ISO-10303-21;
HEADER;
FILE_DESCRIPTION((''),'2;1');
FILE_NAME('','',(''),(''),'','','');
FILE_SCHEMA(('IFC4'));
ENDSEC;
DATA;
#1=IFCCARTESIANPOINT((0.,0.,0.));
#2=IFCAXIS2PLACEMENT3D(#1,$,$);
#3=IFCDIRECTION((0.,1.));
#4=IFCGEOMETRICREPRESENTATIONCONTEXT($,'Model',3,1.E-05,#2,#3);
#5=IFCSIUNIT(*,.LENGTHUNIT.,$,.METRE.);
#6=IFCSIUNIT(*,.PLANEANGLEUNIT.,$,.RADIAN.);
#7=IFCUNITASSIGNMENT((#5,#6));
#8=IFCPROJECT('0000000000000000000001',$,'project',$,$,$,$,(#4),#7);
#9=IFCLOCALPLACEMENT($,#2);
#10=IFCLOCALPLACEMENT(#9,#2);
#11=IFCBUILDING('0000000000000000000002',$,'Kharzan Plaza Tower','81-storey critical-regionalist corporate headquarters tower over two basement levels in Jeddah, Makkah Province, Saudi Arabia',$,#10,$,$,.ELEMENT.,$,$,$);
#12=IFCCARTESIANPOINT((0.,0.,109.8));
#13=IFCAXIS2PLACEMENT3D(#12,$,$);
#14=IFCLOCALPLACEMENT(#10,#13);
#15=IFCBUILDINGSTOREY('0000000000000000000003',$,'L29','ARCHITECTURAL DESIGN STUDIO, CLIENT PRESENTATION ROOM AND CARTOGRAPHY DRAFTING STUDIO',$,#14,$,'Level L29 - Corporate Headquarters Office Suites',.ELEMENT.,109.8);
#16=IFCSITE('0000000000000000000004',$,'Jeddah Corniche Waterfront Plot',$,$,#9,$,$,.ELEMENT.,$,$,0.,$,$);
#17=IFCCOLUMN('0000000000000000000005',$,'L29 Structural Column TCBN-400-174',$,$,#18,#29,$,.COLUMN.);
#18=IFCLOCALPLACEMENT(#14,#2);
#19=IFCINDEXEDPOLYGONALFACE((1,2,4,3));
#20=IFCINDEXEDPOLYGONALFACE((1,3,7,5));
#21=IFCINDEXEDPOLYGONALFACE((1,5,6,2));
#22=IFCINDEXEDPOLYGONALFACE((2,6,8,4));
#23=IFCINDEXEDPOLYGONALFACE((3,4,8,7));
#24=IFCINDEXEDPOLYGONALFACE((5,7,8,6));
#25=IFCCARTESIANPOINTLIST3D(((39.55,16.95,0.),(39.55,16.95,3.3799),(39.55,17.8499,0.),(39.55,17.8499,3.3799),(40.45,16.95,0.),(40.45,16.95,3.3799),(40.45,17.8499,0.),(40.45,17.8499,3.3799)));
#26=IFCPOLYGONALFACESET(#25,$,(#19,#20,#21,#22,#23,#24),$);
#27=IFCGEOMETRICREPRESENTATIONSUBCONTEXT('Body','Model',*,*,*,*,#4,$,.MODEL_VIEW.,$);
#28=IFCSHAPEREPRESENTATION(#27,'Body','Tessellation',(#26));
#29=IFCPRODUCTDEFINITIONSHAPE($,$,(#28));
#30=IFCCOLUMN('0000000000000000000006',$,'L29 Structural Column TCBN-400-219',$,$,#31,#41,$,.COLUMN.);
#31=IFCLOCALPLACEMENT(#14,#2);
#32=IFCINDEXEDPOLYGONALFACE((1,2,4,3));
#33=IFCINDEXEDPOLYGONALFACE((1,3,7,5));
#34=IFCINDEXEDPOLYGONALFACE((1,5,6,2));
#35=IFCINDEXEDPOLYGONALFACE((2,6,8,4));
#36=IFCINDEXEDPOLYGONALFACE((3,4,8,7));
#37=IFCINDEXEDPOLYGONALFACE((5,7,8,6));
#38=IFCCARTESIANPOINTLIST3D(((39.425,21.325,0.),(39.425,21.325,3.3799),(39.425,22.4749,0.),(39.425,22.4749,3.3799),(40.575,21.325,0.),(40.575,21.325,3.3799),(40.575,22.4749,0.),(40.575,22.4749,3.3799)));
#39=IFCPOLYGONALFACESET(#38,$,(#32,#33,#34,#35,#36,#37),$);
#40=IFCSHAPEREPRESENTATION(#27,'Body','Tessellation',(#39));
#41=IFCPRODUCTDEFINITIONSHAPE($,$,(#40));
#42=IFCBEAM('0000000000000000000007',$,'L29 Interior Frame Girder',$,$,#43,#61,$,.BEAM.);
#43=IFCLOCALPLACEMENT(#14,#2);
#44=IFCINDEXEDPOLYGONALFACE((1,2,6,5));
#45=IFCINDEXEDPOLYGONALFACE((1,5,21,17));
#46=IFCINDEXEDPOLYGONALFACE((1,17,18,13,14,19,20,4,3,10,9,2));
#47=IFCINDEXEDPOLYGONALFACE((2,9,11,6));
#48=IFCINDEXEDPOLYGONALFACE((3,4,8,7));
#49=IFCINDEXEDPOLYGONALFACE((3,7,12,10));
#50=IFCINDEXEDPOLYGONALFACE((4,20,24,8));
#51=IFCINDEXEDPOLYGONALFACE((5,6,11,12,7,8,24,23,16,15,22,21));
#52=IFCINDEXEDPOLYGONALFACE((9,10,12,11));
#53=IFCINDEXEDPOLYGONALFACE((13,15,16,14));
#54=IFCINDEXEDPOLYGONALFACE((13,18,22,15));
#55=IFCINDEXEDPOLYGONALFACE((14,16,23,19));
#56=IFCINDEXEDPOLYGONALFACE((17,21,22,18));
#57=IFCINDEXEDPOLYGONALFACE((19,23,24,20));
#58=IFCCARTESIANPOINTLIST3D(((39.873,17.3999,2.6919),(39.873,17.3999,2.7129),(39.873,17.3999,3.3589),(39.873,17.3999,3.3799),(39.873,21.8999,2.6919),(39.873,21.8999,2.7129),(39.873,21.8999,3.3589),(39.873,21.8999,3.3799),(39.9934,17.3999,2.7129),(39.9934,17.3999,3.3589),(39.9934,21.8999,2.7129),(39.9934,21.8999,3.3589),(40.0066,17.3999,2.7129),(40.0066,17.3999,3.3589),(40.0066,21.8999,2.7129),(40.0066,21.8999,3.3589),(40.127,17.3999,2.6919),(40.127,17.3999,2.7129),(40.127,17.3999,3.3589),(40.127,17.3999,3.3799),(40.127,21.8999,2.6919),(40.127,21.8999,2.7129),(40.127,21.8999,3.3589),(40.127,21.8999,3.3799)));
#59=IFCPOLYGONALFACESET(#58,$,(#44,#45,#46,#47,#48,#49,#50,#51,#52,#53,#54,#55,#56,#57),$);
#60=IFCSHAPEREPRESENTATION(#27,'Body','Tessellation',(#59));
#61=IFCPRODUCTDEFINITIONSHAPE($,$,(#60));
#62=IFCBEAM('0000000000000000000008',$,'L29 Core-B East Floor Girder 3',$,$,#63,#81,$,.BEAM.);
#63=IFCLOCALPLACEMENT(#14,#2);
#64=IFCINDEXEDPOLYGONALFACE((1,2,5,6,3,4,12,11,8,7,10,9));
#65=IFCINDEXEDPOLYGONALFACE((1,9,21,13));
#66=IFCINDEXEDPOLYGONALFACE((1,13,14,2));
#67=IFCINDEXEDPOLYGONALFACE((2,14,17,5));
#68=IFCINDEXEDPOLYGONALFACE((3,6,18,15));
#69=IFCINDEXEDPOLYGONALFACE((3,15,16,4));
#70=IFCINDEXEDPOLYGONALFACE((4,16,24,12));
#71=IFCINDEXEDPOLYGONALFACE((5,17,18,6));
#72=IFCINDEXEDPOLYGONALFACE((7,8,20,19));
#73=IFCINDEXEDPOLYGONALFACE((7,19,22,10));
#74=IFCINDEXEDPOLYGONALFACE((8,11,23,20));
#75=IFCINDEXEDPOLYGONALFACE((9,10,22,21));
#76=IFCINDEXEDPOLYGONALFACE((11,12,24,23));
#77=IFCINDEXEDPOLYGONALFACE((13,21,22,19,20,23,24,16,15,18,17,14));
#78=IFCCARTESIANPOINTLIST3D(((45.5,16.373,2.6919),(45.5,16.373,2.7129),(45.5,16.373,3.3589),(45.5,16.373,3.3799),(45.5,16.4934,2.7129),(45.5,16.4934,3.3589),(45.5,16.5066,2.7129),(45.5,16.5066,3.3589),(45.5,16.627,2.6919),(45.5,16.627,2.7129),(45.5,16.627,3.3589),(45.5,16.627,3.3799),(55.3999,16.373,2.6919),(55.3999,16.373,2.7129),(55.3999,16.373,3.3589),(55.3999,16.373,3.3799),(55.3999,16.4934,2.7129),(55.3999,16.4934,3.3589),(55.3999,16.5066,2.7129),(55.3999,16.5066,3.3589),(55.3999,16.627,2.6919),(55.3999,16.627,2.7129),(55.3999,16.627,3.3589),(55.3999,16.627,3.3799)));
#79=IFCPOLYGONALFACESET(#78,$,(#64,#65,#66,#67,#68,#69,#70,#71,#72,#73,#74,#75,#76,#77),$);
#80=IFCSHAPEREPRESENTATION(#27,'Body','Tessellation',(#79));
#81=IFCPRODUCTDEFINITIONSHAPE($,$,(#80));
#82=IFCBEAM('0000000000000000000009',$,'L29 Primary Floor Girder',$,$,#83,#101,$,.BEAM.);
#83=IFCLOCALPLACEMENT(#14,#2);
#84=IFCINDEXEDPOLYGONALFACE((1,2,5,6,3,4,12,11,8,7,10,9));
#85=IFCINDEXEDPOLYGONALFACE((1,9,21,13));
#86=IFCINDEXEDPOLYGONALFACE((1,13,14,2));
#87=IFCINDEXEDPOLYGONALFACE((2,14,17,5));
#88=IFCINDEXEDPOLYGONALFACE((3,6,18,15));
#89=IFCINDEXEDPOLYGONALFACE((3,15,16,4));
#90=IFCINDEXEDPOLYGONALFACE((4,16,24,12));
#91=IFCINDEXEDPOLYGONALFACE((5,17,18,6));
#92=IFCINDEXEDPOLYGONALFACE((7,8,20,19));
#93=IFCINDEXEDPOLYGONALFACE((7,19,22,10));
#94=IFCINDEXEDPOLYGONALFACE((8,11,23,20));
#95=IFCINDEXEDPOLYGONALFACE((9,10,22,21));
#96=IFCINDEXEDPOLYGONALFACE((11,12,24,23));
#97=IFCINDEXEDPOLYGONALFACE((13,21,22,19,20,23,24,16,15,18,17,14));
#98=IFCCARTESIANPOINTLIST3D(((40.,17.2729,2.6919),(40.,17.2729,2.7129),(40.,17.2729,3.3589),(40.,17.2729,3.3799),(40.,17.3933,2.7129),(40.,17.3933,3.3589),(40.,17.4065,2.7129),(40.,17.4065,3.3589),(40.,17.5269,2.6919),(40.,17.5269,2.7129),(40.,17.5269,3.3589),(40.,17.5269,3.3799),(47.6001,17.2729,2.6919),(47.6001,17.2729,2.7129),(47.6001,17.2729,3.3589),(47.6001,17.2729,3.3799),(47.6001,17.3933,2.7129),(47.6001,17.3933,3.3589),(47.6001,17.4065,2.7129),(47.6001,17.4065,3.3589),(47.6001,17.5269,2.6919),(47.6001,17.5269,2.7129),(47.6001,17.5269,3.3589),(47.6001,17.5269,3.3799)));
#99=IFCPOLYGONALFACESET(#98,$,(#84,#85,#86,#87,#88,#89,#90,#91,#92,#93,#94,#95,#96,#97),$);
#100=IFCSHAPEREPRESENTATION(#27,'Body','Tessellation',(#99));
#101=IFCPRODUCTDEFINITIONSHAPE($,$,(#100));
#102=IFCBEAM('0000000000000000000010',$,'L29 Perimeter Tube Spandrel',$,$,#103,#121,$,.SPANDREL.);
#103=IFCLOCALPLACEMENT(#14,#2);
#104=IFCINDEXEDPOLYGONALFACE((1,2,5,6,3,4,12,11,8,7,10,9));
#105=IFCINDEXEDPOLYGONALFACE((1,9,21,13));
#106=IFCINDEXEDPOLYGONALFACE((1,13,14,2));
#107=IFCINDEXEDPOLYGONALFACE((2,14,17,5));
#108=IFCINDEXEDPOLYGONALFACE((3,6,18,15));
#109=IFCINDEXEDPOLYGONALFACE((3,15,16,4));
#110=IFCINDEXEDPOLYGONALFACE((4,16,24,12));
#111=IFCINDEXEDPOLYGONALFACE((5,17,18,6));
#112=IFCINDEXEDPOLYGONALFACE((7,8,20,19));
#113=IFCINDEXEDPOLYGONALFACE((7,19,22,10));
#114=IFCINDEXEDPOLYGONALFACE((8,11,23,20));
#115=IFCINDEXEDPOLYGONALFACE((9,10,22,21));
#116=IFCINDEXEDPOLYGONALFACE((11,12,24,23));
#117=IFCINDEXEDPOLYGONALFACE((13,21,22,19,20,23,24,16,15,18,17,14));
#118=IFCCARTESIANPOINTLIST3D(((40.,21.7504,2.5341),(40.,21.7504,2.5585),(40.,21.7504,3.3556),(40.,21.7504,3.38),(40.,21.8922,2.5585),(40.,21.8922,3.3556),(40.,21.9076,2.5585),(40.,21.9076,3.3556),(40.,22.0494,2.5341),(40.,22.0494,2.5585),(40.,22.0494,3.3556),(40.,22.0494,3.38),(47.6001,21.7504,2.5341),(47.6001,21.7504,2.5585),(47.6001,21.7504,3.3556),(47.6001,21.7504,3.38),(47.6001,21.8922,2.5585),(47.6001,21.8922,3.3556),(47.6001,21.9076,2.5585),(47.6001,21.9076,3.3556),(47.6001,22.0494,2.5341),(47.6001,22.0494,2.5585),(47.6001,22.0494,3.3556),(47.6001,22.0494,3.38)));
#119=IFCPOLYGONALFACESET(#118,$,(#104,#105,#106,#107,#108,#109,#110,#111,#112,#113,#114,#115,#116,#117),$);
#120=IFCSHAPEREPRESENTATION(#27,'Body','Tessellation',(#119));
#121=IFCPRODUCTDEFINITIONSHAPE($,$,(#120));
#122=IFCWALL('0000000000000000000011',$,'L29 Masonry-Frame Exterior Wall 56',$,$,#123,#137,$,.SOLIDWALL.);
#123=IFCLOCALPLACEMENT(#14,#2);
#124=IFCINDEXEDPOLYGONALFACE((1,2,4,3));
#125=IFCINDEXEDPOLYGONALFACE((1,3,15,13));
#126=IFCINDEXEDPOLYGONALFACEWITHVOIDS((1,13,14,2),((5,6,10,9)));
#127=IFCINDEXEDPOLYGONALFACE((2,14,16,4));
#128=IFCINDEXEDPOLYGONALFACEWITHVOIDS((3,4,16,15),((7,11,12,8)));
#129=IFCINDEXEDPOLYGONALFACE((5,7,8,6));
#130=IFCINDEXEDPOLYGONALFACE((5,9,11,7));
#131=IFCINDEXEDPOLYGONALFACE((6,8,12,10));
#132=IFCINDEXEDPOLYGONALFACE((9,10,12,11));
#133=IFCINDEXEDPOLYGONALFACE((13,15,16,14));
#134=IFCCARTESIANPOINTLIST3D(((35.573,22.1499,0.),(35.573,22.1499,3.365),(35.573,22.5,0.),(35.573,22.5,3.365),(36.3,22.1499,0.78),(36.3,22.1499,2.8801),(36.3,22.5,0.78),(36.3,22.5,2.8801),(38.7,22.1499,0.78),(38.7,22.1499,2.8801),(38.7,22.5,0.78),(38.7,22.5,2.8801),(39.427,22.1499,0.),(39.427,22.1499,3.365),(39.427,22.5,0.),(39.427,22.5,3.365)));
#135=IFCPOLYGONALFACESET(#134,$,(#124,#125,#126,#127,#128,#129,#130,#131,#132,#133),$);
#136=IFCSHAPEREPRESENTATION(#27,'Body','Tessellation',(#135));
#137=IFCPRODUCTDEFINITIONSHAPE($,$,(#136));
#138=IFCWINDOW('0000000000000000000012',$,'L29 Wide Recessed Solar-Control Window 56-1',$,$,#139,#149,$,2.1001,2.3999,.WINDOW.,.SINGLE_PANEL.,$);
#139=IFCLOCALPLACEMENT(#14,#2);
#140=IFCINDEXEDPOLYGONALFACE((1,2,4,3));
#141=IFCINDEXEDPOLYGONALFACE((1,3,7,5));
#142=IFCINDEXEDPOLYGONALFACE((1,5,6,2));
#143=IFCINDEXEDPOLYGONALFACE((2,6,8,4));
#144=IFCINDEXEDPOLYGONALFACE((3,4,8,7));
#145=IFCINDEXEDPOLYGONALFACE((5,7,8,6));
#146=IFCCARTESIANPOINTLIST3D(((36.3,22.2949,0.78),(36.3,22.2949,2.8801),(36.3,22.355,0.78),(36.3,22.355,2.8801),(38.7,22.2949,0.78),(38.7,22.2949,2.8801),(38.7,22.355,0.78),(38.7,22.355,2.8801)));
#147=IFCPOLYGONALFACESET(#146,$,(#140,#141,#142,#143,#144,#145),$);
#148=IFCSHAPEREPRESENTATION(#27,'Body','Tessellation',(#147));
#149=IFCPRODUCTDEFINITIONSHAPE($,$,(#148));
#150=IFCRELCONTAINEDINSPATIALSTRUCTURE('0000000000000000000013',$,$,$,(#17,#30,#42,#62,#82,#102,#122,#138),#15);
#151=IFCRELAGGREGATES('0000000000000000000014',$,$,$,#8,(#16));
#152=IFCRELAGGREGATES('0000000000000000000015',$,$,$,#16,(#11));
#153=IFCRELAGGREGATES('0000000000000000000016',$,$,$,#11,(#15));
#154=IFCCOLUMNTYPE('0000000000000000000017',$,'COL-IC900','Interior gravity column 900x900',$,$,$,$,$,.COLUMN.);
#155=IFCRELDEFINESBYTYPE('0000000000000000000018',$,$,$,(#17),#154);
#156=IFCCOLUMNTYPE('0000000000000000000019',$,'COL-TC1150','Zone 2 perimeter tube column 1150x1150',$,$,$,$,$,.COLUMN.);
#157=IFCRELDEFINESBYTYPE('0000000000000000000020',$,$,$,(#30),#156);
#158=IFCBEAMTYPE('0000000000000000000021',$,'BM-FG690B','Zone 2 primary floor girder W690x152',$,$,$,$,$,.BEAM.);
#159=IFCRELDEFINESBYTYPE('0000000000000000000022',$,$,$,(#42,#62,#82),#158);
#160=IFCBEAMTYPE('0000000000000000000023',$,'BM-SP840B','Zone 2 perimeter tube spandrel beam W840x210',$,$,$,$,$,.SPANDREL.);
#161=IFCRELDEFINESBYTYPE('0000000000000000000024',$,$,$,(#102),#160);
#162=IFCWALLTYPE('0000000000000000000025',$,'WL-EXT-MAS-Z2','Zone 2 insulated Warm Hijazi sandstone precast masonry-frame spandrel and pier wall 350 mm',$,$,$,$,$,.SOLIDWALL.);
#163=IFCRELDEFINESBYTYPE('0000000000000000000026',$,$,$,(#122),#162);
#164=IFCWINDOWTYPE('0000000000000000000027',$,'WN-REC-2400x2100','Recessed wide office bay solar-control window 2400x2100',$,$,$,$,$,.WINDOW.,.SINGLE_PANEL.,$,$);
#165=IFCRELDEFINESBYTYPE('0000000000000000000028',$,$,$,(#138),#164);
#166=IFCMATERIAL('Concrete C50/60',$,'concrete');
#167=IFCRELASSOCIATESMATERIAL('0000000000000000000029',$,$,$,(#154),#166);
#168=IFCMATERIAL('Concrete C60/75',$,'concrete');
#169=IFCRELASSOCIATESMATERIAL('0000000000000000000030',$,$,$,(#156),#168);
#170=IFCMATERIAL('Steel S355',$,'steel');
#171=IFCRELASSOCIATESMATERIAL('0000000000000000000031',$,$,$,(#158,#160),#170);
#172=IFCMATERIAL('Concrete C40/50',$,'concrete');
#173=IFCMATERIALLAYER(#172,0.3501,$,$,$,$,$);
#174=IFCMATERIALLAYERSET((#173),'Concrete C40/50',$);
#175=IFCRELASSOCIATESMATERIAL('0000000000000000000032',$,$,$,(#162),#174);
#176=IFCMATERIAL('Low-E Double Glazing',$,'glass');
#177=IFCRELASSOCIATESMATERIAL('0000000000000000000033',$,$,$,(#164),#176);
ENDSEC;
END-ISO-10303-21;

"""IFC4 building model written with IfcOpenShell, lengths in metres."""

from ifc_helpers import new_model, si_unit, direction, frame, frame_2d, origin, origin_2d, place, context, subcontext, project, spatial, rectangle, i_section, extrude, source, transform, mapped, material, layer, layer_set, material_profile, profile_set, type_object, element, fill, save


model = new_model("IFC4")

# Units and contexts
model_context = context("Model", 3, precision=1e-05, world=origin(), true_north=direction((0.0, 1.0)))
body_context = subcontext(model_context, "Body", "Model", "MODEL_VIEW")
ifc_project = project(units=[si_unit("LENGTHUNIT", "METRE"), si_unit("PLANEANGLEUNIT", "RADIAN")], contexts=[model_context])

# Site, building, storey
site_placement = place(None, origin())
site = spatial("IfcSite", under=ifc_project, at=site_placement, Name="Jeddah Corniche Waterfront Plot", CompositionType="ELEMENT", RefElevation=0.0)
building_placement = place(site_placement, origin())
building = spatial("IfcBuilding", under=site, at=building_placement, Name="Kharzan Plaza Tower", Description="81-storey critical-regionalist corporate headquarters tower over two basement levels in Jeddah, Makkah Province, Saudi Arabia", CompositionType="ELEMENT")
storey_placement = place(building_placement, frame((0.0, 0.0, 109.8)))
storey = spatial("IfcBuildingStorey", under=building, at=storey_placement, Name="L29", Description="ARCHITECTURAL DESIGN STUDIO, CLIENT PRESENTATION ROOM AND CARTOGRAPHY DRAFTING STUDIO", LongName="Level L29 - Corporate Headquarters Office Suites", CompositionType="ELEMENT", Elevation=109.8)

# Columns
ifc_material_1 = material(Name="Concrete C50/60", Category="concrete")
ifc_material_profile_1 = material_profile(ifc_material_1, rectangle(XDim=0.8999, YDim=0.8999, at=origin_2d()), Name="RC-IC900x900")
ifc_profile_set_1 = profile_set([ifc_material_profile_1], Name="Concrete C50/60")
column_type_1 = type_object("IfcColumnType", Name="COL-IC900", Description="Interior gravity column 900x900", PredefinedType="COLUMN", material=ifc_profile_set_1)
shared_shape_1 = source(origin(), body_context, "Body", "SweptSolid", [
    extrude(rectangle(XDim=0.8999, YDim=0.8999, at=origin_2d()), origin(), (0.0, 0.0, 1.0), 3.3799),
])
column_1_placement = place(storey_placement, frame((40.0, 17.3999, 0.0), z_axis=(0.0, 0.0, 1.0), x_axis=(1.0, 0.0, 0.0)))
element("IfcColumn", 1, at=column_1_placement, inside=storey, type_object=column_type_1, Name="L29 Structural Column TCBN-400-174", PredefinedType="COLUMN", context=body_context, shape_type="MappedRepresentation", body=[
    mapped(shared_shape_1, transform((0.0, 0.0, 0.0), x_axis=(1.0, 0.0, 0.0), y_axis=(0.0, 1.0, 0.0), z_axis=(0.0, 0.0, 1.0))),
])
ifc_material_2 = material(Name="Concrete C60/75", Category="concrete")
ifc_material_profile_2 = material_profile(ifc_material_2, rectangle(XDim=1.1499, YDim=1.1499, at=origin_2d()), Name="RC-TC1150x1150")
ifc_profile_set_2 = profile_set([ifc_material_profile_2], Name="Concrete C60/75")
column_type_2 = type_object("IfcColumnType", Name="COL-TC1150", Description="Zone 2 perimeter tube column 1150x1150", PredefinedType="COLUMN", material=ifc_profile_set_2)
shared_shape_2 = source(origin(), body_context, "Body", "SweptSolid", [
    extrude(rectangle(XDim=1.1499, YDim=1.1499, at=origin_2d()), origin(), (0.0, 0.0, 1.0), 3.3799),
])
column_2_placement = place(storey_placement, frame((40.0, 21.8999, 0.0), z_axis=(0.0, 0.0, 1.0), x_axis=(1.0, 0.0, 0.0)))
element("IfcColumn", 2, at=column_2_placement, inside=storey, type_object=column_type_2, Name="L29 Structural Column TCBN-400-219", PredefinedType="COLUMN", context=body_context, shape_type="MappedRepresentation", body=[
    mapped(shared_shape_2, transform((0.0, 0.0, 0.0), x_axis=(1.0, 0.0, 0.0), y_axis=(0.0, 1.0, 0.0), z_axis=(0.0, 0.0, 1.0))),
])

# Beams
ifc_material_3 = material(Name="Steel S355", Category="steel")
ifc_material_profile_3 = material_profile(ifc_material_3, i_section(OverallWidth=0.2539, OverallDepth=0.688, WebThickness=0.0132, FlangeThickness=0.021, at=origin_2d()), Name="W690x152")
ifc_profile_set_3 = profile_set([ifc_material_profile_3], Name="Steel S355")
beam_type_1 = type_object("IfcBeamType", Name="BM-FG690B", Description="Zone 2 primary floor girder W690x152", PredefinedType="BEAM", material=ifc_profile_set_3)
shared_shape_3 = source(origin(), body_context, "Body", "SweptSolid", [
    extrude(i_section(OverallWidth=0.2539, OverallDepth=0.688, WebThickness=0.0132, FlangeThickness=0.021, at=origin_2d()), origin(), (0.0, 0.0, 1.0), 4.5),
])
beam_1_placement = place(storey_placement, frame((40.0, 17.3999, 3.0359), z_axis=(0.0, 1.0, 0.0), x_axis=(-1.0, 0.0, 0.0)))
element("IfcBeam", 3, at=beam_1_placement, inside=storey, type_object=beam_type_1, Name="L29 Interior Frame Girder", PredefinedType="BEAM", context=body_context, shape_type="MappedRepresentation", body=[
    mapped(shared_shape_3, transform((0.0, 0.0, 0.0), x_axis=(1.0, 0.0, 0.0), y_axis=(0.0, 1.0, 0.0), z_axis=(0.0, 0.0, 1.0))),
])
shared_shape_4 = source(origin(), body_context, "Body", "SweptSolid", [
    extrude(i_section(OverallWidth=0.2539, OverallDepth=0.688, WebThickness=0.0132, FlangeThickness=0.021, at=origin_2d()), origin(), (0.0, 0.0, 1.0), 9.8999),
])
beam_2_placement = place(storey_placement, frame((45.5, 16.5, 3.0359), z_axis=(1.0, 0.0, 0.0), x_axis=(0.0, 1.0, 0.0)))
element("IfcBeam", 4, at=beam_2_placement, inside=storey, type_object=beam_type_1, Name="L29 Core-B East Floor Girder 3", PredefinedType="BEAM", context=body_context, shape_type="MappedRepresentation", body=[
    mapped(shared_shape_4, transform((0.0, 0.0, 0.0), x_axis=(1.0, 0.0, 0.0), y_axis=(0.0, 1.0, 0.0), z_axis=(0.0, 0.0, 1.0))),
])
shared_shape_5 = source(origin(), body_context, "Body", "SweptSolid", [
    extrude(i_section(OverallWidth=0.2539, OverallDepth=0.688, WebThickness=0.0132, FlangeThickness=0.021, at=origin_2d()), origin(), (0.0, 0.0, 1.0), 7.6001),
])
beam_3_placement = place(storey_placement, frame((40.0, 17.3999, 3.0359), z_axis=(1.0, 0.0, 0.0), x_axis=(0.0, 1.0, 0.0)))
element("IfcBeam", 5, at=beam_3_placement, inside=storey, type_object=beam_type_1, Name="L29 Primary Floor Girder", PredefinedType="BEAM", context=body_context, shape_type="MappedRepresentation", body=[
    mapped(shared_shape_5, transform((0.0, 0.0, 0.0), x_axis=(1.0, 0.0, 0.0), y_axis=(0.0, 1.0, 0.0), z_axis=(0.0, 0.0, 1.0))),
])
ifc_material_profile_4 = material_profile(ifc_material_3, i_section(OverallWidth=0.2991, OverallDepth=0.8459, WebThickness=0.0154, FlangeThickness=0.0244, at=origin_2d()), Name="W840x210")
ifc_profile_set_4 = profile_set([ifc_material_profile_4], Name="Steel S355")
beam_type_2 = type_object("IfcBeamType", Name="BM-SP840B", Description="Zone 2 perimeter tube spandrel beam W840x210", PredefinedType="SPANDREL", material=ifc_profile_set_4)
shared_shape_6 = source(origin(), body_context, "Body", "SweptSolid", [
    extrude(i_section(OverallWidth=0.2991, OverallDepth=0.8459, WebThickness=0.0154, FlangeThickness=0.0244, at=origin_2d()), origin(), (0.0, 0.0, 1.0), 7.6001),
])
beam_4_placement = place(storey_placement, frame((40.0, 21.8999, 2.957), z_axis=(1.0, 0.0, 0.0), x_axis=(0.0, 1.0, 0.0)))
element("IfcBeam", 6, at=beam_4_placement, inside=storey, type_object=beam_type_2, Name="L29 Perimeter Tube Spandrel", PredefinedType="SPANDREL", context=body_context, shape_type="MappedRepresentation", body=[
    mapped(shared_shape_6, transform((0.0, 0.0, 0.0), x_axis=(1.0, 0.0, 0.0), y_axis=(0.0, 1.0, 0.0), z_axis=(0.0, 0.0, 1.0))),
])

# Wall, opening, window
ifc_material_4 = material(Name="Concrete C40/50", Category="concrete")
ifc_layer_1 = layer(ifc_material_4, 0.3501)
ifc_layer_set_1 = layer_set([ifc_layer_1], Name="Concrete C40/50")
wall_type_1 = type_object("IfcWallType", Name="WL-EXT-MAS-Z2", Description="Zone 2 insulated Warm Hijazi sandstone precast masonry-frame spandrel and pier wall 350 mm", PredefinedType="SOLIDWALL", material=ifc_layer_set_1)
wall_1_placement = place(storey_placement, frame((39.427, 22.325, 0.0), z_axis=(0.0, 0.0, 1.0), x_axis=(-1.0, 0.0, 0.0)))
wall_1 = element("IfcWall", 7, at=wall_1_placement, inside=storey, type_object=wall_type_1, Name="L29 Masonry-Frame Exterior Wall 56", PredefinedType="SOLIDWALL", context=body_context, shape_type="SweptSolid", body=[
    extrude(rectangle(XDim=3.854, YDim=0.3501, at=frame_2d((1.927, 0.0))), origin(), (0.0, 0.0, 1.0), 3.365),
])
opening_1_placement = place(wall_1_placement, frame((0.7271, 0.0, 0.78)))
opening_1 = element("IfcOpeningElement", 8, at=opening_1_placement, cuts=wall_1, PredefinedType="OPENING", context=body_context, shape_type="SweptSolid", body=[
    extrude(rectangle(XDim=2.3999, YDim=2.1001, at=frame_2d((1.2, 1.05))), frame((0.0, 0.1851, 0.0), z_axis=(0.0, -1.0, 0.0), x_axis=(1.0, 0.0, 0.0)), (0.0, 0.0, 1.0), 0.3701),
])
ifc_material_5 = material(Name="Low-E Double Glazing", Category="glass")
window_type = type_object("IfcWindowType", Name="WN-REC-2400x2100", Description="Recessed wide office bay solar-control window 2400x2100", PartitioningType="SINGLE_PANEL", PredefinedType="WINDOW", material=ifc_material_5)
shared_shape_7 = source(origin(), body_context, "Body", "SweptSolid", [
    extrude(rectangle(XDim=2.3999, YDim=2.1001, at=frame_2d((1.2, 1.05))), frame((0.0, 0.03, 0.0), z_axis=(0.0, -1.0, 0.0), x_axis=(1.0, 0.0, 0.0)), (0.0, 0.0, 1.0), 0.0601),
])
window_placement = place(opening_1_placement, origin())
window = element("IfcWindow", 9, at=window_placement, inside=storey, type_object=window_type, Name="L29 Wide Recessed Solar-Control Window 56-1", OverallHeight=2.1001, OverallWidth=2.3999, PartitioningType="SINGLE_PANEL", PredefinedType="WINDOW", context=body_context, shape_type="MappedRepresentation", body=[
    mapped(shared_shape_7, transform((0.0, 0.0, 0.0), x_axis=(1.0, 0.0, 0.0), y_axis=(0.0, 1.0, 0.0), z_axis=(0.0, 0.0, 1.0))),
])
fill(opening_1, window)

save(model, "model.ifc")
